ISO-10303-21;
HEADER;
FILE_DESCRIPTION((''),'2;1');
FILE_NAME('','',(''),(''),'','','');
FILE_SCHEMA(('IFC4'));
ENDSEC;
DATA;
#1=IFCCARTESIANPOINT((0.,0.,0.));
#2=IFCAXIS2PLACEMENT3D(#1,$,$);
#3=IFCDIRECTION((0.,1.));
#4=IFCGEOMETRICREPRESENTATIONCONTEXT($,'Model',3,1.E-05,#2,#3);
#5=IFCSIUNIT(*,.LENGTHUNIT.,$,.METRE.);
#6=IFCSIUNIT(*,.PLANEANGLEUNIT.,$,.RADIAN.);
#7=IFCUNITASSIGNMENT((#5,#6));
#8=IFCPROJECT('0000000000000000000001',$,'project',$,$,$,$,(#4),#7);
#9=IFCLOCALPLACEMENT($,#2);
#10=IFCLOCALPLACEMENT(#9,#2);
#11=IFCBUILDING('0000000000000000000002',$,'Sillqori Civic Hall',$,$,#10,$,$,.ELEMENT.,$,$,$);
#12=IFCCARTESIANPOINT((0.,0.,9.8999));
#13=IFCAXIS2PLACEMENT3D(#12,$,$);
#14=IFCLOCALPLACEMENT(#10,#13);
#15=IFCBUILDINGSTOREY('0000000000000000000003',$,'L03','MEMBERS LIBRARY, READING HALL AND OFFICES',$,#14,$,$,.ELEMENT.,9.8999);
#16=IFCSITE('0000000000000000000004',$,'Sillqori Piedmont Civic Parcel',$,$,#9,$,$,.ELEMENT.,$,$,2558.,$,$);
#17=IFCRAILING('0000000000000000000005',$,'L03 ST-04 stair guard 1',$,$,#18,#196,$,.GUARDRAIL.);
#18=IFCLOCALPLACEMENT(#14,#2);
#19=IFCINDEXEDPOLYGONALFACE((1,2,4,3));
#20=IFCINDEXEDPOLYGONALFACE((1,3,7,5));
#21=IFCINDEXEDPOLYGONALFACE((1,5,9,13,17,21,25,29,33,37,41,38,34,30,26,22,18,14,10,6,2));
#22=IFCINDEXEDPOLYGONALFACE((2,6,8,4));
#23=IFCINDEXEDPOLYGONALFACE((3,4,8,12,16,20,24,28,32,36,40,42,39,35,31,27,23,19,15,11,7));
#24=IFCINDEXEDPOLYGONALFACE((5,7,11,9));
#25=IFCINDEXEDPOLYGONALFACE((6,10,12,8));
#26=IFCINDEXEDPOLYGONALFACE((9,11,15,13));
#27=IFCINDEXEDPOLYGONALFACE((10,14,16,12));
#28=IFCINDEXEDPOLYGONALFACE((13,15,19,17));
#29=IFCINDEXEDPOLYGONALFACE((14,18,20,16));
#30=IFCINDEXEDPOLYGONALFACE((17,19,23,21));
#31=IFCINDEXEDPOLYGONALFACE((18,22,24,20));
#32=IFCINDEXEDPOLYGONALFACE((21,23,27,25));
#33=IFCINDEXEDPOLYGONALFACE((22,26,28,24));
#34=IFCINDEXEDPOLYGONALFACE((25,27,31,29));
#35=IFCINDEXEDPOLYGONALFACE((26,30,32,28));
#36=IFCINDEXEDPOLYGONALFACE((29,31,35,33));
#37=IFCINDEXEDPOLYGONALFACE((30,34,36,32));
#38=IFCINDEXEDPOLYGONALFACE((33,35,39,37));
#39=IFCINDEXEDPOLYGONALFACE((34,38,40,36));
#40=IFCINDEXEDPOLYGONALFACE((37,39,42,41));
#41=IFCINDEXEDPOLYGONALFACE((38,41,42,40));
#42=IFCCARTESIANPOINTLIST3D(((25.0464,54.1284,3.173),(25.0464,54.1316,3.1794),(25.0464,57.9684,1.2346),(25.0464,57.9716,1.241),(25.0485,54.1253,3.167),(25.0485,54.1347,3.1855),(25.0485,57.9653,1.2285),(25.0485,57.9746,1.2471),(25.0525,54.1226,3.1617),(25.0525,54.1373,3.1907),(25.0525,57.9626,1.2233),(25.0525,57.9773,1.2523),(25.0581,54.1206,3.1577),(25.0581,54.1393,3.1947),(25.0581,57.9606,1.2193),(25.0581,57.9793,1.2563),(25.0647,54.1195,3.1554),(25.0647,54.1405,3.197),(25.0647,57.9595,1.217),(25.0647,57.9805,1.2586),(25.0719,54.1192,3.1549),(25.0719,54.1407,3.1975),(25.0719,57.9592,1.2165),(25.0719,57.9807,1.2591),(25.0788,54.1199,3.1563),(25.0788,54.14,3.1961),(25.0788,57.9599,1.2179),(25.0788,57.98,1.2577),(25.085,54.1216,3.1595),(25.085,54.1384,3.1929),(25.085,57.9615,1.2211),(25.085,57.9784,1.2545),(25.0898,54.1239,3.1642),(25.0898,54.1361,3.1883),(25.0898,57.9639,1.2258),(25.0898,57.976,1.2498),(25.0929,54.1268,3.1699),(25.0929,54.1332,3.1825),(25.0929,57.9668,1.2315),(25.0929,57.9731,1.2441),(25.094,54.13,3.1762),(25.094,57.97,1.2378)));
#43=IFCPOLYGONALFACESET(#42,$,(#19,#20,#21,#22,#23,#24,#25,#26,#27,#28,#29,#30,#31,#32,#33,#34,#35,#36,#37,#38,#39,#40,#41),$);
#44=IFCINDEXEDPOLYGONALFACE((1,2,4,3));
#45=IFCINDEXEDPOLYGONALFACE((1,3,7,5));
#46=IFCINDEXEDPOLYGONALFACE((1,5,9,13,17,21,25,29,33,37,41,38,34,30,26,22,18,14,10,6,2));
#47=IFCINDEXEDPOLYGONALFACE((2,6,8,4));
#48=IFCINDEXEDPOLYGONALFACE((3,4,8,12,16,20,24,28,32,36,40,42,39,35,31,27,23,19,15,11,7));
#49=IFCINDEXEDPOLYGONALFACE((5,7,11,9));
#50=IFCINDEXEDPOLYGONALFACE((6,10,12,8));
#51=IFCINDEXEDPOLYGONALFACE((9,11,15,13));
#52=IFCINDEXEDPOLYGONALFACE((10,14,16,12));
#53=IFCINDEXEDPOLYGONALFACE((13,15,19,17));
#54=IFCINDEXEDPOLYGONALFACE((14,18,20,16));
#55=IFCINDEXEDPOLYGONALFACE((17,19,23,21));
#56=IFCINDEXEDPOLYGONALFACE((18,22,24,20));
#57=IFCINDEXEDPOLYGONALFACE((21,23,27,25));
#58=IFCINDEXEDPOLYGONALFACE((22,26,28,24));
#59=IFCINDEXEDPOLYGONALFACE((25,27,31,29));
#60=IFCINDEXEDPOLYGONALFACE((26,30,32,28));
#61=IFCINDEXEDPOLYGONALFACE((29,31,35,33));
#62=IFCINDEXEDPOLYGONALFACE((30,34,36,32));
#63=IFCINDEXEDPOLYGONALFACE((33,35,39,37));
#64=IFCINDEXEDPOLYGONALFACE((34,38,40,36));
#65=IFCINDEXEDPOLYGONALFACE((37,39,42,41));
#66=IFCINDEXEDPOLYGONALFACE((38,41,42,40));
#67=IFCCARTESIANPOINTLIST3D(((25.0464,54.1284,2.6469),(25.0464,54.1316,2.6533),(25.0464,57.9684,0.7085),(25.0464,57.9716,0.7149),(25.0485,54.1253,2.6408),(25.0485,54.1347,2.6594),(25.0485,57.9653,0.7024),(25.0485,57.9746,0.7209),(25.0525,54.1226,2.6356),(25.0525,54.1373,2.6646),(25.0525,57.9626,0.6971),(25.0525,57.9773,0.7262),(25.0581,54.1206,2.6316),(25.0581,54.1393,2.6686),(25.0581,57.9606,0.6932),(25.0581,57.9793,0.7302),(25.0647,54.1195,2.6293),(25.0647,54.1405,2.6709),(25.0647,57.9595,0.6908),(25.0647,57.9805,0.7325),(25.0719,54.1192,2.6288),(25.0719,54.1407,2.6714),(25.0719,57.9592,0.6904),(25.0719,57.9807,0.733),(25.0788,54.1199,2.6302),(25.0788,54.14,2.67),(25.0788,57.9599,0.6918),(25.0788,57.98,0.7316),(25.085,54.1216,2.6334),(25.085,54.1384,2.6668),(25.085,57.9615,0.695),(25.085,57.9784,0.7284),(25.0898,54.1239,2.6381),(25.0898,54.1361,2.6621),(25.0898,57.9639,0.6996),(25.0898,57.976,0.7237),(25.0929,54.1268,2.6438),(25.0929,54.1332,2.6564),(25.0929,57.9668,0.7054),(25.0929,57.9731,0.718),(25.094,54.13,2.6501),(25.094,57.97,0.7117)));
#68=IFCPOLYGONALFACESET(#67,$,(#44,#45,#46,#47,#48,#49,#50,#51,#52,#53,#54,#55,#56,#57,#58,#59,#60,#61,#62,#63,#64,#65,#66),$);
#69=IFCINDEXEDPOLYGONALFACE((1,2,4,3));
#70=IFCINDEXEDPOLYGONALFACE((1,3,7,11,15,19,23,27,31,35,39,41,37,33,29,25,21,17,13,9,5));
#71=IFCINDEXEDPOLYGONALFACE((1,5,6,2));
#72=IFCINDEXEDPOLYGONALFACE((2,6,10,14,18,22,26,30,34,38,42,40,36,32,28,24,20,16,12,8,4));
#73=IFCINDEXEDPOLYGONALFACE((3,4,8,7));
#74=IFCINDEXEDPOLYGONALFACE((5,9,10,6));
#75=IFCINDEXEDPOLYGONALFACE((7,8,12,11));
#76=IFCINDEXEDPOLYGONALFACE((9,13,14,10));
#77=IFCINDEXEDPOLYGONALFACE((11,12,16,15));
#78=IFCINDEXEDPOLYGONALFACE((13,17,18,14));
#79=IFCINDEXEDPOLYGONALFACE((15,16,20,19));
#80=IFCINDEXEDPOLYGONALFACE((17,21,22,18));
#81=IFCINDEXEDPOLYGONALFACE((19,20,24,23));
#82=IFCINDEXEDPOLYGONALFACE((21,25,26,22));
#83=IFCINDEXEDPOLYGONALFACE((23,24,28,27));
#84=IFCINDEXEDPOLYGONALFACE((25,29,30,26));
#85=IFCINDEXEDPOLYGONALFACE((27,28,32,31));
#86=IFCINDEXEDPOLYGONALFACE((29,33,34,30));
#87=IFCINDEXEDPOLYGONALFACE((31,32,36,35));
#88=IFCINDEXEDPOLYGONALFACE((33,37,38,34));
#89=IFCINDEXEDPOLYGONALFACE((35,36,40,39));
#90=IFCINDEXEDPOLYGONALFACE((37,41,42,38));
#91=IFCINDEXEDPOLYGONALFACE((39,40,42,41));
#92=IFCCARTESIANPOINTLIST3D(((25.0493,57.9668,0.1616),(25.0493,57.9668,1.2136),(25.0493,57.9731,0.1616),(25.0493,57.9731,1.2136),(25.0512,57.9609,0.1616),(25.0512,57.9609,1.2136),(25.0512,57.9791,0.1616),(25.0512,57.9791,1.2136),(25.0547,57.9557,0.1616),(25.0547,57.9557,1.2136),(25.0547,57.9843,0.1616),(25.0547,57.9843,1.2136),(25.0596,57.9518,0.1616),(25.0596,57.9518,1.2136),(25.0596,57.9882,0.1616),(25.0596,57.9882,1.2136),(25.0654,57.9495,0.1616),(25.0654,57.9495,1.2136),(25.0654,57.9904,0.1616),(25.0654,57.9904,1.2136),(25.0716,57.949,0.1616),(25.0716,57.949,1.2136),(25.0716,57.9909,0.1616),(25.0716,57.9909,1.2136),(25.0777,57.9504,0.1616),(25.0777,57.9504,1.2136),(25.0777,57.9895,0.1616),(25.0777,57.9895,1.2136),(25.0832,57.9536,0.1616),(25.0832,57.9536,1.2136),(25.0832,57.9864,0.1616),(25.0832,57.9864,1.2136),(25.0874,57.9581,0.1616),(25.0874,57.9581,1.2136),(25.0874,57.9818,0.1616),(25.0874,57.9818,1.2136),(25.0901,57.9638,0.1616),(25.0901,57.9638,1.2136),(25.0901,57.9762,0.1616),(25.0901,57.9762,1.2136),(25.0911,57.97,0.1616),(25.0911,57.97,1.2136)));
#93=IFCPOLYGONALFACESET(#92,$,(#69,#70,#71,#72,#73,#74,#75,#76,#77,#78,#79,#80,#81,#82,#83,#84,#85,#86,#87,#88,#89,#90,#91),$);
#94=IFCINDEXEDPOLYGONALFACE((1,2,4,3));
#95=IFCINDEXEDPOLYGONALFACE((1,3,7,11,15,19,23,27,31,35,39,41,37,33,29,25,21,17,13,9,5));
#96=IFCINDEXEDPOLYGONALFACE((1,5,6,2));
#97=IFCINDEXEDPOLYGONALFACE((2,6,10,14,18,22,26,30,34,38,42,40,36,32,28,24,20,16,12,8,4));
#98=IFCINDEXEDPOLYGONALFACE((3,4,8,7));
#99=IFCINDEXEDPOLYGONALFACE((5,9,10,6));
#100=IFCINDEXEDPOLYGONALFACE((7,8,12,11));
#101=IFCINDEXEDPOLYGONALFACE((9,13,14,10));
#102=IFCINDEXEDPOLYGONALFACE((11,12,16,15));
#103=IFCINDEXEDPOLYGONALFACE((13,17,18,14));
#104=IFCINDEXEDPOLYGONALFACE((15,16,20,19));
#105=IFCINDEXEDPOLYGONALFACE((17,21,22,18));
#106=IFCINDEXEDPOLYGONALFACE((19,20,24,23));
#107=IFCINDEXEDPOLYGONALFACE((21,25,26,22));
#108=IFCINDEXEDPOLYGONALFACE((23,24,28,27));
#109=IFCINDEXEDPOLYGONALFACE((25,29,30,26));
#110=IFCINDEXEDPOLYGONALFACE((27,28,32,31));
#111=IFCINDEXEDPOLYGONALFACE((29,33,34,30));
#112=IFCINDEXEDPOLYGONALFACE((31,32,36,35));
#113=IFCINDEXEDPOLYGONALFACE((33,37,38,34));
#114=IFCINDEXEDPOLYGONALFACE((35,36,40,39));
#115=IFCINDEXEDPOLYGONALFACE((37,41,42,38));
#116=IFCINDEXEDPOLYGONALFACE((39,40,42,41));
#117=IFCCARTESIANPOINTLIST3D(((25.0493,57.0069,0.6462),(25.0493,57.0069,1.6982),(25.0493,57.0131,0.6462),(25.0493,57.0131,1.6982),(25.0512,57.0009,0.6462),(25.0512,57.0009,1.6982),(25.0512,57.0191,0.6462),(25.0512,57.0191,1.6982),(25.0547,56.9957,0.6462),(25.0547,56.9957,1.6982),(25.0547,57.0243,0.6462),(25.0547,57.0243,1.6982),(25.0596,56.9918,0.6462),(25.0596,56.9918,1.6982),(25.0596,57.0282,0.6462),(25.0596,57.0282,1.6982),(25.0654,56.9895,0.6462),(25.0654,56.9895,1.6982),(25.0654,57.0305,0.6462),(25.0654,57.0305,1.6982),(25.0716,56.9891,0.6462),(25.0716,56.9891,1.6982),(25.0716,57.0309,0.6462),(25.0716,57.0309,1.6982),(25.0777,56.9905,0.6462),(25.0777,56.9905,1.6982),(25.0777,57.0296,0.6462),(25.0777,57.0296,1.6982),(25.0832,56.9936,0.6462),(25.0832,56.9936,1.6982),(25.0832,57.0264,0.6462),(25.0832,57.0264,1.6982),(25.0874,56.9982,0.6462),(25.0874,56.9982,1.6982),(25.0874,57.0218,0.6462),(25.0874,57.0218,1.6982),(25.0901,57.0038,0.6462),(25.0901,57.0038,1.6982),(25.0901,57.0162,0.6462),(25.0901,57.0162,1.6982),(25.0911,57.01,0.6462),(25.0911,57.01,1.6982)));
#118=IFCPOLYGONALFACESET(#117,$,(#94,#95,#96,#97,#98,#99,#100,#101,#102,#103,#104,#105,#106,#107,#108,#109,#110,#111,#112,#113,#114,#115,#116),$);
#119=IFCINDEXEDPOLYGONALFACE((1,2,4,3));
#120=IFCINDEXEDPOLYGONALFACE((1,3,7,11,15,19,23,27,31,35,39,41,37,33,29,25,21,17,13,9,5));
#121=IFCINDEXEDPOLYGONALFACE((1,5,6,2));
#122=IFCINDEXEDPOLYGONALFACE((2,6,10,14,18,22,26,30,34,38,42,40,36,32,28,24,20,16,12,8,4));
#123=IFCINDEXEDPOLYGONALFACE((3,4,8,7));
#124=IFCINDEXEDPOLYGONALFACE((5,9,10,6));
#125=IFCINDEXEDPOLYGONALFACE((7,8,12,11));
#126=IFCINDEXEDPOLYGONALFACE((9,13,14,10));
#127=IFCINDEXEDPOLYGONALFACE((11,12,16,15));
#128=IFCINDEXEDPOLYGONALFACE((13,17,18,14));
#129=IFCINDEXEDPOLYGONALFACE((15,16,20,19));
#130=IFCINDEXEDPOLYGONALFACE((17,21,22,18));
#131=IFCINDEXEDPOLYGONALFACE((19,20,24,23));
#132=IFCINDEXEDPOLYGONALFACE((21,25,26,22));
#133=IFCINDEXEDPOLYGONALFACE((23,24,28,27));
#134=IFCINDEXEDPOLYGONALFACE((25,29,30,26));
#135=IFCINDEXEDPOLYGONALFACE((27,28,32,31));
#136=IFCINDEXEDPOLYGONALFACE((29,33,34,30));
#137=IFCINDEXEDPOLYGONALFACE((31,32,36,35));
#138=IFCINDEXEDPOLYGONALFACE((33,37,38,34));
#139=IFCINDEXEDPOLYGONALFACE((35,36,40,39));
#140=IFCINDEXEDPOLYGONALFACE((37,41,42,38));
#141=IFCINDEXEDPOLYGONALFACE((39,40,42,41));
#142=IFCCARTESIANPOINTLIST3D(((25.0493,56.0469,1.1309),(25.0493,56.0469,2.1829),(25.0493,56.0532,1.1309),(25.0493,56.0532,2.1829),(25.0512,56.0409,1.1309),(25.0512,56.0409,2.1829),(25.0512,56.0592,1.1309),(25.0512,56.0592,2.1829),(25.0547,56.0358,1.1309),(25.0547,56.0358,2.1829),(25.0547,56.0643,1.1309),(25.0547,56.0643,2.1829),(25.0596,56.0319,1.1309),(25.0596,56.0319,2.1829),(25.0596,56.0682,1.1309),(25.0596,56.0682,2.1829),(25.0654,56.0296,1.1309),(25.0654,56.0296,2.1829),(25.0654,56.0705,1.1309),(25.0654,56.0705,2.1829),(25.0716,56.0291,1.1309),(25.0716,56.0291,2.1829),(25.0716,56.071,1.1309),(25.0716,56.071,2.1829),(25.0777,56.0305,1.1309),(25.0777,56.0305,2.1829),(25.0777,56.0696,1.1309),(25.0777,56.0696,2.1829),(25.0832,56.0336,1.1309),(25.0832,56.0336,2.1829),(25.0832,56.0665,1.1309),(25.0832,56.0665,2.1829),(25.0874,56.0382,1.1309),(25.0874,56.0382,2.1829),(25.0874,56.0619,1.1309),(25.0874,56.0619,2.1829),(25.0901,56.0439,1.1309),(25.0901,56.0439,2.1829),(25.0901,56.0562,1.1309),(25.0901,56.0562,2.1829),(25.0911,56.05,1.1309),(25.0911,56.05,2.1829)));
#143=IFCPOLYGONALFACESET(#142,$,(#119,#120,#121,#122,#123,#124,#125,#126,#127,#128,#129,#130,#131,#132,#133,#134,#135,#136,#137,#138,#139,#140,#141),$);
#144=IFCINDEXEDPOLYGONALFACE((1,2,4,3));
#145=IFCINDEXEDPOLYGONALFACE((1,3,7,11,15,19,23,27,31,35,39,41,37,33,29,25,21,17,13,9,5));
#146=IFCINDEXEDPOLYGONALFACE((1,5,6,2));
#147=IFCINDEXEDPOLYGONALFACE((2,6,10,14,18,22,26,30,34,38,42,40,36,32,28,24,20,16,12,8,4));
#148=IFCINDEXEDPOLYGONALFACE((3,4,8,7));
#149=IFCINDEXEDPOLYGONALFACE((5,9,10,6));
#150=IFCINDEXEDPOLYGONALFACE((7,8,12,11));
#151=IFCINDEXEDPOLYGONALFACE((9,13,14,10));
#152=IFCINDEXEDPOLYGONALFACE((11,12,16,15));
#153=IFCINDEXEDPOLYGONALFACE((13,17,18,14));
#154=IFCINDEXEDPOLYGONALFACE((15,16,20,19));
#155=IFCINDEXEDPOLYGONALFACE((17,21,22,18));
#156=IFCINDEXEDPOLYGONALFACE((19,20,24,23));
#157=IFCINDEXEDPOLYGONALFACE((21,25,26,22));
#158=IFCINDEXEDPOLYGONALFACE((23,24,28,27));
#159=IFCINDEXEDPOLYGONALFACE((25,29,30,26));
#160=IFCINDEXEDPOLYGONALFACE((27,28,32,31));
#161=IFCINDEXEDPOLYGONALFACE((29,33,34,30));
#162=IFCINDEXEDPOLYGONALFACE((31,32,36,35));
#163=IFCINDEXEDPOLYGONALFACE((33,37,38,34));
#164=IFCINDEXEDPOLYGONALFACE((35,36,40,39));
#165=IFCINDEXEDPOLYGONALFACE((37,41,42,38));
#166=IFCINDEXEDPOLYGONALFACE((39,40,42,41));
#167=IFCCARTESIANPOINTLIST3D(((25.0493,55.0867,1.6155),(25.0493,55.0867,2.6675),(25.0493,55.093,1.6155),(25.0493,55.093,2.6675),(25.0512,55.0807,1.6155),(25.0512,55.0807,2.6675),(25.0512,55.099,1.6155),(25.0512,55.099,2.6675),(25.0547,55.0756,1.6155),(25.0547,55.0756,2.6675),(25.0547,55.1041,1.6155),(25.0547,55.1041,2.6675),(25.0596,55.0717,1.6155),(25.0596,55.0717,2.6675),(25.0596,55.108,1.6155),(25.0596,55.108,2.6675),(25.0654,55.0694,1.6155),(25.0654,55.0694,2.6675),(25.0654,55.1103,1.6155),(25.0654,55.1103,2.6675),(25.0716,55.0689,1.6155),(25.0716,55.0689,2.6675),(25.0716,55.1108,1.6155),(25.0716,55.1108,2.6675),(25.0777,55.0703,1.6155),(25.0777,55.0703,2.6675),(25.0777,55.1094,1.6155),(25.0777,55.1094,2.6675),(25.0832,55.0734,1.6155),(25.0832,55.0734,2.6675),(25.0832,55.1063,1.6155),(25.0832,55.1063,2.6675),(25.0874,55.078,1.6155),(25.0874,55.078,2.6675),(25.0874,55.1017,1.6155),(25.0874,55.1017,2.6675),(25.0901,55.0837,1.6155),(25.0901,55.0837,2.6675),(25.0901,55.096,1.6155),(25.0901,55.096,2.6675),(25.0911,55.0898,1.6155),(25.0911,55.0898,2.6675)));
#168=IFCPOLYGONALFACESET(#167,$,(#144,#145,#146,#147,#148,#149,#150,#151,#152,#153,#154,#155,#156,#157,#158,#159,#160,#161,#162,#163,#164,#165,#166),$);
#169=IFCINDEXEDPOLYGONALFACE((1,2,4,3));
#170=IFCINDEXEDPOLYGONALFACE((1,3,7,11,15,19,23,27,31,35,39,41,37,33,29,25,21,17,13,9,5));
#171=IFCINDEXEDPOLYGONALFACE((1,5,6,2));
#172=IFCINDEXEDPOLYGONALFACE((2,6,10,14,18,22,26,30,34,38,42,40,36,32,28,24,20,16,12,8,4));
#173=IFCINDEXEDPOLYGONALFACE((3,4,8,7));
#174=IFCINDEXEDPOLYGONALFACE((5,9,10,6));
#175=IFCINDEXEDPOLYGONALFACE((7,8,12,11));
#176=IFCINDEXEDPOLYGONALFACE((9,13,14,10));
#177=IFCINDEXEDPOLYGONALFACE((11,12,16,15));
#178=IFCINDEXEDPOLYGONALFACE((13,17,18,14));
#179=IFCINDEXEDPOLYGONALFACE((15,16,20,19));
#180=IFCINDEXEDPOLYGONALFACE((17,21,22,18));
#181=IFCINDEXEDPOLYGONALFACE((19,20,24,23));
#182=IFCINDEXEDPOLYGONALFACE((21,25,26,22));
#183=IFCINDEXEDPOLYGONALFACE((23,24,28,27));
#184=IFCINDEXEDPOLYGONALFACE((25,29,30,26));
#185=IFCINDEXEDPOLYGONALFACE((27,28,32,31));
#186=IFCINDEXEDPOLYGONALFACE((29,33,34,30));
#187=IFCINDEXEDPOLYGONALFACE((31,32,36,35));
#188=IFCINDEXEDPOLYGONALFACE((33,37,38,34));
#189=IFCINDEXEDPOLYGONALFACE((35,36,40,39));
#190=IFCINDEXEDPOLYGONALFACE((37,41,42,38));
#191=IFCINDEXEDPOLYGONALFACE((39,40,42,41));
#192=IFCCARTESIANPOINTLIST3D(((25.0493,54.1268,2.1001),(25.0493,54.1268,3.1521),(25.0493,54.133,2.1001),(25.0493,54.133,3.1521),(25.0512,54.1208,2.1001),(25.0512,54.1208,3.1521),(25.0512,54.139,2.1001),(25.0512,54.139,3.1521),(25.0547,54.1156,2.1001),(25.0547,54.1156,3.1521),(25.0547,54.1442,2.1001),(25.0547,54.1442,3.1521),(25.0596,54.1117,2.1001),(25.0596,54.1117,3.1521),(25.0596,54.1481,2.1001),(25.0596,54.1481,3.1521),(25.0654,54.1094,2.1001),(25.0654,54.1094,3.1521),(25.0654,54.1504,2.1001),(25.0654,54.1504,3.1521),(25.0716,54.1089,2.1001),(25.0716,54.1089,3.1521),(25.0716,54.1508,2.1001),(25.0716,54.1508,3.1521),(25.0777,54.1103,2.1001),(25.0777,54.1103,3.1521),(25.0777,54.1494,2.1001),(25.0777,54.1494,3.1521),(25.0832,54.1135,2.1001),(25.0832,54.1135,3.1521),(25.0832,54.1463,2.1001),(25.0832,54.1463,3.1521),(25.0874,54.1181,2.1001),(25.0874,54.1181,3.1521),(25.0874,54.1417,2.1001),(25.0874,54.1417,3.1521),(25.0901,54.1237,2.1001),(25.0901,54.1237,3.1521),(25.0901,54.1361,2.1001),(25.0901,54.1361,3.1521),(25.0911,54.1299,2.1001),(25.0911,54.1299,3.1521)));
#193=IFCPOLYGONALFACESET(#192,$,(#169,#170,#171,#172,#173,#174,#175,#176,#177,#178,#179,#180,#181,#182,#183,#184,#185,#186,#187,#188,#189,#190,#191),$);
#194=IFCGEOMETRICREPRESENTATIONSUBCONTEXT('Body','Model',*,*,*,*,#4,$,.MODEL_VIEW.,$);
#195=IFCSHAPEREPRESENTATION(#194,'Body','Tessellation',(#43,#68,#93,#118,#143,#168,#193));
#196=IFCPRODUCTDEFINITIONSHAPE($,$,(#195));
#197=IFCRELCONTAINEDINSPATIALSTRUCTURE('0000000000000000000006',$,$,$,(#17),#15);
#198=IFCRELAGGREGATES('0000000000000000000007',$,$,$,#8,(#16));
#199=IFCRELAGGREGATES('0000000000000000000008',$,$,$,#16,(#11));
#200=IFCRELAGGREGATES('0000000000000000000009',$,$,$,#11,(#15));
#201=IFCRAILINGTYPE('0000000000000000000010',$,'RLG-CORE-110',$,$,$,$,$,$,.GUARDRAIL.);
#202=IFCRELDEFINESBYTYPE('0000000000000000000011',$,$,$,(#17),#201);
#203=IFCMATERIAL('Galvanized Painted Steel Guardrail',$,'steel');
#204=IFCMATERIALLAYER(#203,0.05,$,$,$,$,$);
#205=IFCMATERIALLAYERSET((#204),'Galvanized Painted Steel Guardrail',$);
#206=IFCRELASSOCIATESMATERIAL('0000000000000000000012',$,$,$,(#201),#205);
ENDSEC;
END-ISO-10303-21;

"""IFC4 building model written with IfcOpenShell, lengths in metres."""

from ifc_helpers import new_model, si_unit, direction, frame, origin, origin_2d, place, context, subcontext, project, spatial, circle, extrude, material, layer, layer_set, type_object, element, save


model = new_model("IFC4")

# Units and contexts
model_context = context("Model", 3, precision=1e-05, world=origin(), true_north=direction((0.0, 1.0)))
body_context = subcontext(model_context, "Body", "Model", "MODEL_VIEW")
ifc_project = project(units=[si_unit("LENGTHUNIT", "METRE"), si_unit("PLANEANGLEUNIT", "RADIAN")], contexts=[model_context])

# Site, building, storey
site_placement = place(None, origin())
site = spatial("IfcSite", under=ifc_project, at=site_placement, Name="Sillqori Piedmont Civic Parcel", CompositionType="ELEMENT", RefElevation=2558.0)
building_placement = place(site_placement, origin())
building = spatial("IfcBuilding", under=site, at=building_placement, Name="Sillqori Civic Hall", CompositionType="ELEMENT")
storey_placement = place(building_placement, frame((0.0, 0.0, 9.8999)))
storey = spatial("IfcBuildingStorey", under=building, at=storey_placement, Name="L03", Description="MEMBERS LIBRARY, READING HALL AND OFFICES", CompositionType="ELEMENT", Elevation=9.8999)

# Railing
ifc_material_1 = material(Name="Galvanized Painted Steel Guardrail", Category="steel")
ifc_layer_1 = layer(ifc_material_1, 0.05)
ifc_layer_set_1 = layer_set([ifc_layer_1], Name="Galvanized Painted Steel Guardrail")
railing_type_1 = type_object("IfcRailingType", Name="RLG-CORE-110", PredefinedType="GUARDRAIL", material=ifc_layer_set_1)
railing_1_placement = place(storey_placement, frame((25.0701, 57.97, 0.1616)))
element("IfcRailing", 1, at=railing_1_placement, inside=storey, type_object=railing_type_1, Name="L03 ST-04 stair guard 1", PredefinedType="GUARDRAIL", context=body_context, shape_type="SweptSolid", body=[
    extrude(circle(Radius=0.0239, at=origin_2d()), frame((0.0, 0.0, 1.0762), z_axis=(0.0, -0.892707, 0.450638), x_axis=(1.0, 0.0, 0.0)), (0.0, 0.0, 1.0), 4.3015),
    extrude(circle(Radius=0.0239, at=origin_2d()), frame((0.0, 0.0, 0.55), z_axis=(0.0, -0.892707, 0.450638), x_axis=(1.0, 0.0, 0.0)), (0.0, 0.0, 1.0), 4.3015),
    extrude(circle(Radius=0.021, at=origin_2d()), origin(), (0.0, 0.0, 1.0), 1.052),
    extrude(circle(Radius=0.021, at=origin_2d()), frame((0.0, -0.96, 0.4846)), (0.0, 0.0, 1.0), 1.052),
    extrude(circle(Radius=0.021, at=origin_2d()), frame((0.0, -1.9199, 0.9692)), (0.0, 0.0, 1.0), 1.052),
    extrude(circle(Radius=0.021, at=origin_2d()), frame((0.0, -2.8801, 1.4539)), (0.0, 0.0, 1.0), 1.052),
    extrude(circle(Radius=0.021, at=origin_2d()), frame((0.0, -3.8401, 1.9385)), (0.0, 0.0, 1.0), 1.052),
])

save(model, "model.ifc")
